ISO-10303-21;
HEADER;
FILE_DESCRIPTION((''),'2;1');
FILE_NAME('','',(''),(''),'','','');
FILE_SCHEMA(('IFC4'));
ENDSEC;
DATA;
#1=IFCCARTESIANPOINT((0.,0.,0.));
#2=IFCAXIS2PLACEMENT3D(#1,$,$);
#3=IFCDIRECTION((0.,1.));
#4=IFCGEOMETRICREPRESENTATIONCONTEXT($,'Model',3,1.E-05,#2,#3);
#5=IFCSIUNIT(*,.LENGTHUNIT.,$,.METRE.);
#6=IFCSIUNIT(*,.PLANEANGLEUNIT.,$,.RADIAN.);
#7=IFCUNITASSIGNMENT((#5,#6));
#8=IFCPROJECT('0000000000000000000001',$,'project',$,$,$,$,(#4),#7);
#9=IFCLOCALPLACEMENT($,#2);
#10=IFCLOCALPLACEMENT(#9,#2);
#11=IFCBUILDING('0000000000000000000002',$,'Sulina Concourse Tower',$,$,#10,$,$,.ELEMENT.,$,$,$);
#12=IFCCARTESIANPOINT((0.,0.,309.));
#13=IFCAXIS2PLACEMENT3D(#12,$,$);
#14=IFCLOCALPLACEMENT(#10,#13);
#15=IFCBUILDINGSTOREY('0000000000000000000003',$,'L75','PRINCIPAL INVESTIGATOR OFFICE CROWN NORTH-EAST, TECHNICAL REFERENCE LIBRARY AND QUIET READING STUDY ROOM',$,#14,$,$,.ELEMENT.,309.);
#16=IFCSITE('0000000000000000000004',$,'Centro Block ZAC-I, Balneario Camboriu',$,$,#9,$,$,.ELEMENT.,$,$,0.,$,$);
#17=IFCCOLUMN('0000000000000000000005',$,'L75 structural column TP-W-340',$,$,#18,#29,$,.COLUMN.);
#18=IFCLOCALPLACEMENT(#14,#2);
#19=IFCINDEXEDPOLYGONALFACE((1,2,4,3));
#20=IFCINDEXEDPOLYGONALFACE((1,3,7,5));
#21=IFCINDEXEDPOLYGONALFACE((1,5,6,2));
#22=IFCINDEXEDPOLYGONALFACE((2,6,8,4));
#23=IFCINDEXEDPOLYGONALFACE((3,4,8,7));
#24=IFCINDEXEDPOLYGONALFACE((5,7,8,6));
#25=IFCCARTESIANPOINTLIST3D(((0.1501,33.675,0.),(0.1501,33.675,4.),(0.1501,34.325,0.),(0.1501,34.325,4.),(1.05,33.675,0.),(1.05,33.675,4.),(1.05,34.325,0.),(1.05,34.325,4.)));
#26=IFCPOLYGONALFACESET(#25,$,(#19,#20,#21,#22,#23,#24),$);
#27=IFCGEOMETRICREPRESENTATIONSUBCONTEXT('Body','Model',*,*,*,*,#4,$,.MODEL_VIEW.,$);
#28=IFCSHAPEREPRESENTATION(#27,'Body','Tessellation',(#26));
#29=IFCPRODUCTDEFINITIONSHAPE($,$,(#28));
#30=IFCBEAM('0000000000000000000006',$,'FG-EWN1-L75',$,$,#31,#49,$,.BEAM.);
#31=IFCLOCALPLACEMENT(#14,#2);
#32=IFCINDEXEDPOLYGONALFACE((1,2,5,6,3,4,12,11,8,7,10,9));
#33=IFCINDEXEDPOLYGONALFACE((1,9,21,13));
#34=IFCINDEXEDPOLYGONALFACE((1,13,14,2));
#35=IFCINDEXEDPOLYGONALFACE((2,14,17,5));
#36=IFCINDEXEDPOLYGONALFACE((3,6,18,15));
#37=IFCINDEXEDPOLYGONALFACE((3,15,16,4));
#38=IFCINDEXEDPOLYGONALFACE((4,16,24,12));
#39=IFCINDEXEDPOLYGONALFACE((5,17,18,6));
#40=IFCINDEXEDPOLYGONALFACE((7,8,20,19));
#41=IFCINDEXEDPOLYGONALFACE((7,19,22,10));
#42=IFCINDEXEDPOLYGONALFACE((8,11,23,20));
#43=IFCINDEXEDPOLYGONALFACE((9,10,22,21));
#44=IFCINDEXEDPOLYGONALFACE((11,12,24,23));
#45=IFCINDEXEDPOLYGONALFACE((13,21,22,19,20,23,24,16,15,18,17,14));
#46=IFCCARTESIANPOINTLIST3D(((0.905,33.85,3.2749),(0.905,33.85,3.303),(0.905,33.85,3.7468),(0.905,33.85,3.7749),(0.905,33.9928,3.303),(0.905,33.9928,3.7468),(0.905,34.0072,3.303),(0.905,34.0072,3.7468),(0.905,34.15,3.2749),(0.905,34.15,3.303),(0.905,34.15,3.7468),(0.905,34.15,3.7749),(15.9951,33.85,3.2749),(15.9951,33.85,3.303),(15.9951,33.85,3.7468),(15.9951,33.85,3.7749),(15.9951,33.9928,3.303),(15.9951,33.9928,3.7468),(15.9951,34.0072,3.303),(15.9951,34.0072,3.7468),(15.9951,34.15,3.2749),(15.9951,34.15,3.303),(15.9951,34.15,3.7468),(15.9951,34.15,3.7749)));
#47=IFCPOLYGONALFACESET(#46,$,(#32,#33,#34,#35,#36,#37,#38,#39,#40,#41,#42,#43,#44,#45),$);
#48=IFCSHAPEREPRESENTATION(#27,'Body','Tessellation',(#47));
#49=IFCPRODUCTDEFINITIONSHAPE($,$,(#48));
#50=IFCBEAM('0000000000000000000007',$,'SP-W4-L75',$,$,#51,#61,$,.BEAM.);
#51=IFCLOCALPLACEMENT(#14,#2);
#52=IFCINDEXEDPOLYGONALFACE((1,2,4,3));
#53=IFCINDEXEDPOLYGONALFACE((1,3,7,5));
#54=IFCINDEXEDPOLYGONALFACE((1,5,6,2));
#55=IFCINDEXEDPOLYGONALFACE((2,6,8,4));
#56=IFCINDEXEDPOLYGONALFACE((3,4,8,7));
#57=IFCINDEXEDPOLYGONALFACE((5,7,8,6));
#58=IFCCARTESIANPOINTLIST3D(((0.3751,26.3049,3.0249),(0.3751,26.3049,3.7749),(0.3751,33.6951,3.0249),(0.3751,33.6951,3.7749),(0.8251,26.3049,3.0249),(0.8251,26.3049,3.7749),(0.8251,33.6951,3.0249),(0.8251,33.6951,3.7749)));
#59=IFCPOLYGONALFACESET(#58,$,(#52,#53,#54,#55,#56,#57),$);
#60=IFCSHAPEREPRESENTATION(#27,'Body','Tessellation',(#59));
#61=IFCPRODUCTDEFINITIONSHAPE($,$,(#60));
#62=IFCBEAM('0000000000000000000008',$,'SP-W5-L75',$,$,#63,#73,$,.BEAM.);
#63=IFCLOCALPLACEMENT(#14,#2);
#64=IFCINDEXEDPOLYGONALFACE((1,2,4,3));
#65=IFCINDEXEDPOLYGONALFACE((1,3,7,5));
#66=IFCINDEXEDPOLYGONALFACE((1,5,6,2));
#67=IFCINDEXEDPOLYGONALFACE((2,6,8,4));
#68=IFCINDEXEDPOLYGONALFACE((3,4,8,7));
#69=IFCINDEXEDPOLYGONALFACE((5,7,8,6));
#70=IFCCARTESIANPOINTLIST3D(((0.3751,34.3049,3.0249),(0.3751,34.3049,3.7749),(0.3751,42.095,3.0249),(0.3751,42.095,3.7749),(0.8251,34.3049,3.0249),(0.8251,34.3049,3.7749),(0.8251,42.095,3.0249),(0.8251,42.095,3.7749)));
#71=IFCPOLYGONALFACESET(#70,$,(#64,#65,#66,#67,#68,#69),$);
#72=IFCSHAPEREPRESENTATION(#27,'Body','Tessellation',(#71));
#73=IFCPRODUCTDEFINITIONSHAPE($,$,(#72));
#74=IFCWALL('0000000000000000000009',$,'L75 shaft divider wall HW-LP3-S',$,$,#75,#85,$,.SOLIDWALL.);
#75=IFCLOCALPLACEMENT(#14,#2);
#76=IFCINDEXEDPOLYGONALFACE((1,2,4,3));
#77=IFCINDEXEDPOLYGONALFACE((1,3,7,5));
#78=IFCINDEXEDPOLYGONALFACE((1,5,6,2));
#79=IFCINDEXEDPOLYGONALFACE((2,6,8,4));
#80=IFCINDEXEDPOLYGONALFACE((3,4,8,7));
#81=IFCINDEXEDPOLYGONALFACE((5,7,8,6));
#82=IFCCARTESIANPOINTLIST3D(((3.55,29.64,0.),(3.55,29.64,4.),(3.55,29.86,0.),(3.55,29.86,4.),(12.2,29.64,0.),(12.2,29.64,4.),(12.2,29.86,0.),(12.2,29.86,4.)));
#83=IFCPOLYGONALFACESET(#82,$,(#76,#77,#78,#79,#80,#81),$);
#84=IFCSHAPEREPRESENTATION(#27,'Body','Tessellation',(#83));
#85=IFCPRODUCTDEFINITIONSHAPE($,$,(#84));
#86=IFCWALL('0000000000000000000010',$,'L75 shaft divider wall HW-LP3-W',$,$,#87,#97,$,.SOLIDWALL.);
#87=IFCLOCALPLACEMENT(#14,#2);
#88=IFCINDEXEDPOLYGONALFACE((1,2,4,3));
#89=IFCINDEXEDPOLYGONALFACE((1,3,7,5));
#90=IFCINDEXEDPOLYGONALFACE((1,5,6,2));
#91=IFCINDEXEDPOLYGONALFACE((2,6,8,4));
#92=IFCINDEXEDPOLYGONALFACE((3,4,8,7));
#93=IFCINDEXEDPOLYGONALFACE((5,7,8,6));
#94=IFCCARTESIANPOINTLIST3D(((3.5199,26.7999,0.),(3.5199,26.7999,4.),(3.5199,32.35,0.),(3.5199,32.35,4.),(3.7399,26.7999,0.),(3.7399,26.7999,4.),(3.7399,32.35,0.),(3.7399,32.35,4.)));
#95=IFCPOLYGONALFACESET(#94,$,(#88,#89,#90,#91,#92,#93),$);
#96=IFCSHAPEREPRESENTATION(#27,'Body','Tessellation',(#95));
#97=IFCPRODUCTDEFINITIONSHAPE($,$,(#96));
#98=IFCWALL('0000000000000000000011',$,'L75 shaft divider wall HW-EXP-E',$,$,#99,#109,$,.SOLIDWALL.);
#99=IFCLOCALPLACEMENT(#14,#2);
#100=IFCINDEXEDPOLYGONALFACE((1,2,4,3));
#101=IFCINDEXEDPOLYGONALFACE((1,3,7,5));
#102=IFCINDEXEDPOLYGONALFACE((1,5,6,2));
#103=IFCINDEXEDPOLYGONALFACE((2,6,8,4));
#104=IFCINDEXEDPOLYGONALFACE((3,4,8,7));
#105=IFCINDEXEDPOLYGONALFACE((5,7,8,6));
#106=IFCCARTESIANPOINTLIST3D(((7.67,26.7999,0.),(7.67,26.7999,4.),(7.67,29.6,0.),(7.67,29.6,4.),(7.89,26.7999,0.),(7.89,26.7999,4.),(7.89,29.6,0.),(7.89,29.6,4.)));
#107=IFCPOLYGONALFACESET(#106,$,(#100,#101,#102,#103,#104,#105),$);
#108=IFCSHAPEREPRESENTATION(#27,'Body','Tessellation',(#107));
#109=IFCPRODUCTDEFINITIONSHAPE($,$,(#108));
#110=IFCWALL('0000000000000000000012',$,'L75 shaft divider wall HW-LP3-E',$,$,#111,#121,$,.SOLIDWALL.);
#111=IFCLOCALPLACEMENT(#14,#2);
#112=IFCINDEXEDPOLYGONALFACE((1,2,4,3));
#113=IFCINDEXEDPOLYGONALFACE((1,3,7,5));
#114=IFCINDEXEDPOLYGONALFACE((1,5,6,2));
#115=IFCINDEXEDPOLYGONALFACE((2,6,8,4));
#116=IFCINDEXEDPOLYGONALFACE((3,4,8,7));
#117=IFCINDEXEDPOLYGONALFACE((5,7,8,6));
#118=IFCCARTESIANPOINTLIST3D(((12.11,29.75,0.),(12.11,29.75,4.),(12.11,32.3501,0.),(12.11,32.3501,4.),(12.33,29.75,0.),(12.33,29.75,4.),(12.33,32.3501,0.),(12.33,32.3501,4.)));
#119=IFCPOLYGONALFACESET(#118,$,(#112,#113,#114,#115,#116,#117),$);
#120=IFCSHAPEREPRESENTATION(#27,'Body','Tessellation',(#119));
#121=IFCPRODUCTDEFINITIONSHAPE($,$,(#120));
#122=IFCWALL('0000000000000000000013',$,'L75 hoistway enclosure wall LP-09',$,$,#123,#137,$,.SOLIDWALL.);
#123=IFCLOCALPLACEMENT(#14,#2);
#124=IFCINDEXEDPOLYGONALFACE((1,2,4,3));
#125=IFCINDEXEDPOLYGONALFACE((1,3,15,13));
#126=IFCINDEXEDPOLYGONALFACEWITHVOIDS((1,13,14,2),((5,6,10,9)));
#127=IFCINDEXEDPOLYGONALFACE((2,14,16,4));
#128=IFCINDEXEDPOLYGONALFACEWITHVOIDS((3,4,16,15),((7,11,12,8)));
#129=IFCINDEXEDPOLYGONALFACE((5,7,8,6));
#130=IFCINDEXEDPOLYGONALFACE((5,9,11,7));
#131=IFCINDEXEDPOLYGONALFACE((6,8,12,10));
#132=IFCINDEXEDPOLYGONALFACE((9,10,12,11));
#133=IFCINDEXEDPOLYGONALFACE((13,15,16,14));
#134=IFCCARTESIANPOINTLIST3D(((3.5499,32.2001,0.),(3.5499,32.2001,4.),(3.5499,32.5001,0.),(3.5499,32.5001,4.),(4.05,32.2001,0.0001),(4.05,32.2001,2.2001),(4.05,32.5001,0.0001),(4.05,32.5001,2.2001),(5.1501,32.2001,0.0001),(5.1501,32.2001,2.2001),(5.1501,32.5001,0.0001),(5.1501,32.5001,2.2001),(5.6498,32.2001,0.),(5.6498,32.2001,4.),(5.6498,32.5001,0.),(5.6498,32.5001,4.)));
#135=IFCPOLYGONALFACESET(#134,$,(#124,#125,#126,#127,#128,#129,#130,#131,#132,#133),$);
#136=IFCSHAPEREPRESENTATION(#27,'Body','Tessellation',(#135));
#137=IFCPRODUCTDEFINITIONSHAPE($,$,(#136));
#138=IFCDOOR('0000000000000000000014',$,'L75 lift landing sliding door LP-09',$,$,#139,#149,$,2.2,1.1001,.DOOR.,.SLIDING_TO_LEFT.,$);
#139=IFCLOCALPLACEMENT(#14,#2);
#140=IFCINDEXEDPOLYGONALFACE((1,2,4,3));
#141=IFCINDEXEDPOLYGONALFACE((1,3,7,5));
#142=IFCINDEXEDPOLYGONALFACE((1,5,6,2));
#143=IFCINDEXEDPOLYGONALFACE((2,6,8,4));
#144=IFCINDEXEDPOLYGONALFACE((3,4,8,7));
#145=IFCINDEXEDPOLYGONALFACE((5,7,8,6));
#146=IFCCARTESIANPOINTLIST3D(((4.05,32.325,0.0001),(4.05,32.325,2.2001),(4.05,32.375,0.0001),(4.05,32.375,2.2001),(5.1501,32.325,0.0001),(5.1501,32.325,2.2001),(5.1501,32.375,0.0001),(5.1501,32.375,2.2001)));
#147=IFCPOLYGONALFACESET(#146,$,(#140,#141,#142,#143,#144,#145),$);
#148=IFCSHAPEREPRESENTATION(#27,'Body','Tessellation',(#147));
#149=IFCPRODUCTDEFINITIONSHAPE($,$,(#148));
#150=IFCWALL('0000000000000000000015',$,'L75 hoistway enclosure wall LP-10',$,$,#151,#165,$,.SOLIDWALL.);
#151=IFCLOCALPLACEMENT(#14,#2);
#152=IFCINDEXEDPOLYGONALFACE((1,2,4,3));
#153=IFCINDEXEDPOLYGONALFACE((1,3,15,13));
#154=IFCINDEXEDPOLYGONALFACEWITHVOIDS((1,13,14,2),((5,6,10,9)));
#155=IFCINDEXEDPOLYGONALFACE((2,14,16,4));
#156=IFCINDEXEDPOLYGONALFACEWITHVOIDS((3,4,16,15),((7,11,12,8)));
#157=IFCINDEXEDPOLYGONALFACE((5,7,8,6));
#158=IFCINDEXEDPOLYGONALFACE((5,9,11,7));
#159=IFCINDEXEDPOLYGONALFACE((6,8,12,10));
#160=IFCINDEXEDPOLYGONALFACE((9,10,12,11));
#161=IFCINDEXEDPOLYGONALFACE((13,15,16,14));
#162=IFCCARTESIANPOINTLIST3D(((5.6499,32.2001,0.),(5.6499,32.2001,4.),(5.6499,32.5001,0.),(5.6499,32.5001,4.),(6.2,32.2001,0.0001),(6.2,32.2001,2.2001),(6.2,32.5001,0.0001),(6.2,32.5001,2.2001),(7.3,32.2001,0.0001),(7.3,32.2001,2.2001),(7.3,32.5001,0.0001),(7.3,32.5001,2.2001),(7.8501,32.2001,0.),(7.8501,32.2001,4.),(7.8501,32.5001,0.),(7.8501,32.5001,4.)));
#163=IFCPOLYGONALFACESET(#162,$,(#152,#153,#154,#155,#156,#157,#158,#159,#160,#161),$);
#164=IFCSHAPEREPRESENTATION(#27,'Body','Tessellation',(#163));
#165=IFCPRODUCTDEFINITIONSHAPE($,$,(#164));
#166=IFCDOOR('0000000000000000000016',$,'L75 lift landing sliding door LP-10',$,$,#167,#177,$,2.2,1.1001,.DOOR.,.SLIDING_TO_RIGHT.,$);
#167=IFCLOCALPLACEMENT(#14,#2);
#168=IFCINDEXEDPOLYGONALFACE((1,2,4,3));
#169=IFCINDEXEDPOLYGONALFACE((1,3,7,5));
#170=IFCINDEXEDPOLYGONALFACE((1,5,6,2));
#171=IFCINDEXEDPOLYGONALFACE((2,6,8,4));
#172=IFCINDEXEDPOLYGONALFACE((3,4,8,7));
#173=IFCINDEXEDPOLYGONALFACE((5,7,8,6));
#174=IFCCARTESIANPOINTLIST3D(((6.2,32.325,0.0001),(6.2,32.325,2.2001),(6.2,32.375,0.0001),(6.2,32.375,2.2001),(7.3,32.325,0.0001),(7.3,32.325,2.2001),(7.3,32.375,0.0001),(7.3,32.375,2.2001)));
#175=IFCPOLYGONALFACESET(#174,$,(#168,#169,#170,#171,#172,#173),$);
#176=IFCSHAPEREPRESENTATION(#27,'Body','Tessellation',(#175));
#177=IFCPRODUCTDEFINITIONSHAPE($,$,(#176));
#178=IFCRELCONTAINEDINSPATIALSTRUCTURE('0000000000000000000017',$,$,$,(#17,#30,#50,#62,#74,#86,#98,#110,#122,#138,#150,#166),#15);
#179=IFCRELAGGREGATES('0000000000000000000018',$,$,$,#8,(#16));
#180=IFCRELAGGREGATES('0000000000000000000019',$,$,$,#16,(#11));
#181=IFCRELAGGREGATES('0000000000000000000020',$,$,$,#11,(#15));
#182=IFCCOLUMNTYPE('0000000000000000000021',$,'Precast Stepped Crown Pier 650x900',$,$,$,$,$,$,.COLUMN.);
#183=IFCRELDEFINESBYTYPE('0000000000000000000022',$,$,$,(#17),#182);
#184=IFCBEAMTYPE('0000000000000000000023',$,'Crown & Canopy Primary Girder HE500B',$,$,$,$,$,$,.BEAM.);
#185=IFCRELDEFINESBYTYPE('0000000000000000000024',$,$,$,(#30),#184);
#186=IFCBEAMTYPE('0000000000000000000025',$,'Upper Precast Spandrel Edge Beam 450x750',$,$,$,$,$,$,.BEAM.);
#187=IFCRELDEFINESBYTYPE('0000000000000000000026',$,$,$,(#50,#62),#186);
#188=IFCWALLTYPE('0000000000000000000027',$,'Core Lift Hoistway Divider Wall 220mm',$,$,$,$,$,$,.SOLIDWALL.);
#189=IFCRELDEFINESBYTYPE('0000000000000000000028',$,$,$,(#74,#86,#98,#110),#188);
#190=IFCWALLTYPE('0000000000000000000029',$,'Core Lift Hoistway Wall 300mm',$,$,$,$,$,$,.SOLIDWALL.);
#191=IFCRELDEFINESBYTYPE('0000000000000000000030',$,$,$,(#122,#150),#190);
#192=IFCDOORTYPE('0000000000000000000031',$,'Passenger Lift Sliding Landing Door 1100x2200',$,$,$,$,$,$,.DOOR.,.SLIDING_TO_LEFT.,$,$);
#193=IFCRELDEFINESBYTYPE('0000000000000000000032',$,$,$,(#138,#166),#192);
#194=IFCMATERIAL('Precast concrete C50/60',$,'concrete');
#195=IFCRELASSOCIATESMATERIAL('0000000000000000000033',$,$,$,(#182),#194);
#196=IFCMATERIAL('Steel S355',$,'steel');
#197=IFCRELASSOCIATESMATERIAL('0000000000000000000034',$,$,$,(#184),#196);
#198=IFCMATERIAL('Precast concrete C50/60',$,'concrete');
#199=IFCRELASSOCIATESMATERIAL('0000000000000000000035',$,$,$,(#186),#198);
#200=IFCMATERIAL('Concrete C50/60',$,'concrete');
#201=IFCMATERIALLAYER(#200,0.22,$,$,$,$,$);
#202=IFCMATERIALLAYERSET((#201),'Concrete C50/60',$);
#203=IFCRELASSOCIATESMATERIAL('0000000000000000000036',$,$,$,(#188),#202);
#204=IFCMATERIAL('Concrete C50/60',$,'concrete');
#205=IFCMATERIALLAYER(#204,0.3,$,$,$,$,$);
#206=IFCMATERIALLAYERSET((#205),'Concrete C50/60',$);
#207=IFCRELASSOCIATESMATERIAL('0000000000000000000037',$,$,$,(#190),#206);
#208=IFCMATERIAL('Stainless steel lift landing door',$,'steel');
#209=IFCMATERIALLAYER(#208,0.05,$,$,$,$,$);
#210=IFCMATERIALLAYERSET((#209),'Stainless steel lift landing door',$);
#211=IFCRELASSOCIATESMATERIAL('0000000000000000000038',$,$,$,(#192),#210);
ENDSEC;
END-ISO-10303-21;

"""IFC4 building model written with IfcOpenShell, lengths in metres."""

from ifc_helpers import new_model, si_unit, direction, frame, frame_2d, origin, origin_2d, place, context, subcontext, project, spatial, rectangle, i_section, extrude, material, layer, layer_set, material_profile, profile_set, type_object, element, fill, save


model = new_model("IFC4")

# Units and contexts
model_context = context("Model", 3, precision=1e-05, world=origin(), true_north=direction((0.0, 1.0)))
body_context = subcontext(model_context, "Body", "Model", "MODEL_VIEW")
ifc_project = project(units=[si_unit("LENGTHUNIT", "METRE"), si_unit("PLANEANGLEUNIT", "RADIAN")], contexts=[model_context])

# Site, building, storey
site_placement = place(None, origin())
site = spatial("IfcSite", under=ifc_project, at=site_placement, Name="Centro Block ZAC-I, Balneario Camboriu", CompositionType="ELEMENT", RefElevation=0.0)
building_placement = place(site_placement, origin())
building = spatial("IfcBuilding", under=site, at=building_placement, Name="Sulina Concourse Tower", CompositionType="ELEMENT")
storey_placement = place(building_placement, frame((0.0, 0.0, 309.0)))
storey = spatial("IfcBuildingStorey", under=building, at=storey_placement, Name="L75", Description="PRINCIPAL INVESTIGATOR OFFICE CROWN NORTH-EAST, TECHNICAL REFERENCE LIBRARY AND QUIET READING STUDY ROOM", CompositionType="ELEMENT", Elevation=309.0)

# Column
ifc_material_1 = material(Name="Precast concrete C50/60", Category="concrete")
ifc_material_profile_1 = material_profile(ifc_material_1, rectangle(XDim=0.6499, YDim=0.8999, at=origin_2d()), Name="PC 650x900")
ifc_profile_set_1 = profile_set([ifc_material_profile_1], Name="Precast concrete C50/60")
column_type = type_object("IfcColumnType", Name="Precast Stepped Crown Pier 650x900", PredefinedType="COLUMN", material=ifc_profile_set_1)
column_placement = place(storey_placement, frame((0.6001, 34.0, 0.0), z_axis=(0.0, 0.0, 1.0), x_axis=(0.0, 1.0, 0.0)))
element("IfcColumn", 1, at=column_placement, inside=storey, type_object=column_type, Name="L75 structural column TP-W-340", PredefinedType="COLUMN", context=body_context, shape_type="SweptSolid", body=[
    extrude(rectangle(XDim=0.6499, YDim=0.8999, at=origin_2d()), origin(), (0.0, 0.0, 1.0), 4.0),
])

# Beams
ifc_material_2 = material(Name="Steel S355", Category="steel")
ifc_material_profile_2 = material_profile(ifc_material_2, i_section(OverallWidth=0.3, OverallDepth=0.5, WebThickness=0.0144, FlangeThickness=0.0281, at=origin_2d()), Name="HE 500 B")
ifc_profile_set_2 = profile_set([ifc_material_profile_2], Name="Steel S355")
beam_type_1 = type_object("IfcBeamType", Name="Crown & Canopy Primary Girder HE500B", PredefinedType="BEAM", material=ifc_profile_set_2)
beam_1_placement = place(storey_placement, frame((0.905, 34.0, 3.5249), z_axis=(1.0, 0.0, 0.0), x_axis=(0.0, 1.0, 0.0)))
element("IfcBeam", 2, at=beam_1_placement, inside=storey, type_object=beam_type_1, Name="FG-EWN1-L75", PredefinedType="BEAM", context=body_context, shape_type="SweptSolid", body=[
    extrude(i_section(OverallWidth=0.3, OverallDepth=0.5, WebThickness=0.0144, FlangeThickness=0.0281, at=origin_2d()), origin(), (0.0, 0.0, 1.0), 15.0901),
])
ifc_material_3 = material(Name="Precast concrete C50/60", Category="concrete")
ifc_material_profile_3 = material_profile(ifc_material_3, rectangle(XDim=0.45, YDim=0.75, at=origin_2d()), Name="RC 450x750")
ifc_profile_set_3 = profile_set([ifc_material_profile_3], Name="Precast concrete C50/60")
beam_type_2 = type_object("IfcBeamType", Name="Upper Precast Spandrel Edge Beam 450x750", PredefinedType="BEAM", material=ifc_profile_set_3)
beam_2_placement = place(storey_placement, frame((0.6001, 26.3049, 3.3999), z_axis=(0.0, 1.0, 0.0), x_axis=(-1.0, 0.0, 0.0)))
element("IfcBeam", 3, at=beam_2_placement, inside=storey, type_object=beam_type_2, Name="SP-W4-L75", PredefinedType="BEAM", context=body_context, shape_type="SweptSolid", body=[
    extrude(rectangle(XDim=0.45, YDim=0.75, at=origin_2d()), origin(), (0.0, 0.0, 1.0), 7.3901),
])
beam_3_placement = place(storey_placement, frame((0.6001, 34.3049, 3.3999), z_axis=(0.0, 1.0, 0.0), x_axis=(-1.0, 0.0, 0.0)))
element("IfcBeam", 4, at=beam_3_placement, inside=storey, type_object=beam_type_2, Name="SP-W5-L75", PredefinedType="BEAM", context=body_context, shape_type="SweptSolid", body=[
    extrude(rectangle(XDim=0.45, YDim=0.75, at=origin_2d()), origin(), (0.0, 0.0, 1.0), 7.79),
])

# Walls
ifc_material_4 = material(Name="Concrete C50/60", Category="concrete")
ifc_layer_1 = layer(ifc_material_4, 0.22)
ifc_layer_set_1 = layer_set([ifc_layer_1], Name="Concrete C50/60")
wall_type_1 = type_object("IfcWallType", Name="Core Lift Hoistway Divider Wall 220mm", PredefinedType="SOLIDWALL", material=ifc_layer_set_1)
wall_1_placement = place(storey_placement, frame((3.55, 29.75, 0.0), z_axis=(0.0, 0.0, 1.0), x_axis=(1.0, 0.0, 0.0)))
element("IfcWall", 5, at=wall_1_placement, inside=storey, type_object=wall_type_1, Name="L75 shaft divider wall HW-LP3-S", PredefinedType="SOLIDWALL", context=body_context, shape_type="SweptSolid", body=[
    extrude(rectangle(XDim=8.6499, YDim=0.22, at=frame_2d((4.325, 0.0))), origin(), (0.0, 0.0, 1.0), 4.0),
])
wall_2_placement = place(storey_placement, frame((3.6299, 26.8, 0.0), z_axis=(0.0, 0.0, 1.0), x_axis=(0.0, 1.0, 0.0)))
element("IfcWall", 6, at=wall_2_placement, inside=storey, type_object=wall_type_1, Name="L75 shaft divider wall HW-LP3-W", PredefinedType="SOLIDWALL", context=body_context, shape_type="SweptSolid", body=[
    extrude(rectangle(XDim=5.55, YDim=0.22, at=frame_2d((2.7749, 0.0))), origin(), (0.0, 0.0, 1.0), 4.0),
])
wall_3_placement = place(storey_placement, frame((7.78, 26.8, 0.0), z_axis=(0.0, 0.0, 1.0), x_axis=(0.0, 1.0, 0.0)))
element("IfcWall", 7, at=wall_3_placement, inside=storey, type_object=wall_type_1, Name="L75 shaft divider wall HW-EXP-E", PredefinedType="SOLIDWALL", context=body_context, shape_type="SweptSolid", body=[
    extrude(rectangle(XDim=2.8, YDim=0.22, at=frame_2d((1.3999, 0.0))), origin(), (0.0, 0.0, 1.0), 4.0),
])
wall_4_placement = place(storey_placement, frame((12.22, 29.75, 0.0), z_axis=(0.0, 0.0, 1.0), x_axis=(0.0, 1.0, 0.0)))
element("IfcWall", 8, at=wall_4_placement, inside=storey, type_object=wall_type_1, Name="L75 shaft divider wall HW-LP3-E", PredefinedType="SOLIDWALL", context=body_context, shape_type="SweptSolid", body=[
    extrude(rectangle(XDim=2.6001, YDim=0.22, at=frame_2d((1.3, 0.0))), origin(), (0.0, 0.0, 1.0), 4.0),
])

# Walls, openings, doors
ifc_material_5 = material(Name="Concrete C50/60", Category="concrete")
ifc_layer_2 = layer(ifc_material_5, 0.3)
ifc_layer_set_2 = layer_set([ifc_layer_2], Name="Concrete C50/60")
wall_type_2 = type_object("IfcWallType", Name="Core Lift Hoistway Wall 300mm", PredefinedType="SOLIDWALL", material=ifc_layer_set_2)
wall_5_placement = place(storey_placement, frame((3.55, 32.3501, 0.0), z_axis=(0.0, 0.0, 1.0), x_axis=(1.0, 0.0, 0.0)))
wall_5 = element("IfcWall", 9, at=wall_5_placement, inside=storey, type_object=wall_type_2, Name="L75 hoistway enclosure wall LP-09", PredefinedType="SOLIDWALL", context=body_context, shape_type="SweptSolid", body=[
    extrude(rectangle(XDim=2.0999, YDim=0.3, at=frame_2d((1.0498, 0.0))), origin(), (0.0, 0.0, 1.0), 4.0),
])
opening_1_placement = place(wall_5_placement, frame((0.5, 0.0, 0.0)))
opening_1 = element("IfcOpeningElement", 10, at=opening_1_placement, cuts=wall_5, PredefinedType="OPENING", context=body_context, shape_type="SweptSolid", body=[
    extrude(rectangle(XDim=1.1001, YDim=2.2, at=frame_2d((0.55, 1.1001))), frame((0.0, 0.1599, 0.0), z_axis=(0.0, -1.0, 0.0), x_axis=(1.0, 0.0, 0.0)), (0.0, 0.0, 1.0), 0.3201),
])
ifc_material_6 = material(Name="Stainless steel lift landing door", Category="steel")
ifc_layer_3 = layer(ifc_material_6, 0.05)
ifc_layer_set_3 = layer_set([ifc_layer_3], Name="Stainless steel lift landing door")
door_type_1 = type_object("IfcDoorType", Name="Passenger Lift Sliding Landing Door 1100x2200", OperationType="SLIDING_TO_LEFT", PredefinedType="DOOR", material=ifc_layer_set_3)
door_1_placement = place(opening_1_placement, origin())
door_1 = element("IfcDoor", 11, at=door_1_placement, inside=storey, type_object=door_type_1, Name="L75 lift landing sliding door LP-09", OperationType="SLIDING_TO_LEFT", OverallHeight=2.2, OverallWidth=1.1001, PredefinedType="DOOR", context=body_context, shape_type="SweptSolid", body=[
    extrude(rectangle(XDim=1.1001, YDim=2.2, at=frame_2d((0.55, 1.1001))), frame((0.0, 0.0249, 0.0), z_axis=(0.0, -1.0, 0.0), x_axis=(1.0, 0.0, 0.0)), (0.0, 0.0, 1.0), 0.05),
])
fill(opening_1, door_1)
wall_6_placement = place(storey_placement, frame((5.6499, 32.3501, 0.0), z_axis=(0.0, 0.0, 1.0), x_axis=(1.0, 0.0, 0.0)))
wall_6 = element("IfcWall", 12, at=wall_6_placement, inside=storey, type_object=wall_type_2, Name="L75 hoistway enclosure wall LP-10", PredefinedType="SOLIDWALL", context=body_context, shape_type="SweptSolid", body=[
    extrude(rectangle(XDim=2.2002, YDim=0.3, at=frame_2d((1.1001, 0.0))), origin(), (0.0, 0.0, 1.0), 4.0),
])
opening_2_placement = place(wall_6_placement, frame((0.55, 0.0, 0.0)))
opening_2 = element("IfcOpeningElement", 13, at=opening_2_placement, cuts=wall_6, PredefinedType="OPENING", context=body_context, shape_type="SweptSolid", body=[
    extrude(rectangle(XDim=1.1001, YDim=2.2, at=frame_2d((0.55, 1.1001))), frame((0.0, 0.1599, 0.0), z_axis=(0.0, -1.0, 0.0), x_axis=(1.0, 0.0, 0.0)), (0.0, 0.0, 1.0), 0.3201),
])
door_2_placement = place(opening_2_placement, origin())
door_2 = element("IfcDoor", 14, at=door_2_placement, inside=storey, type_object=door_type_1, Name="L75 lift landing sliding door LP-10", OperationType="SLIDING_TO_RIGHT", OverallHeight=2.2, OverallWidth=1.1001, PredefinedType="DOOR", context=body_context, shape_type="SweptSolid", body=[
    extrude(rectangle(XDim=1.1001, YDim=2.2, at=frame_2d((0.55, 1.1001))), frame((0.0, 0.0249, 0.0), z_axis=(0.0, -1.0, 0.0), x_axis=(1.0, 0.0, 0.0)), (0.0, 0.0, 1.0), 0.05),
])
fill(opening_2, door_2)

save(model, "model.ifc")
